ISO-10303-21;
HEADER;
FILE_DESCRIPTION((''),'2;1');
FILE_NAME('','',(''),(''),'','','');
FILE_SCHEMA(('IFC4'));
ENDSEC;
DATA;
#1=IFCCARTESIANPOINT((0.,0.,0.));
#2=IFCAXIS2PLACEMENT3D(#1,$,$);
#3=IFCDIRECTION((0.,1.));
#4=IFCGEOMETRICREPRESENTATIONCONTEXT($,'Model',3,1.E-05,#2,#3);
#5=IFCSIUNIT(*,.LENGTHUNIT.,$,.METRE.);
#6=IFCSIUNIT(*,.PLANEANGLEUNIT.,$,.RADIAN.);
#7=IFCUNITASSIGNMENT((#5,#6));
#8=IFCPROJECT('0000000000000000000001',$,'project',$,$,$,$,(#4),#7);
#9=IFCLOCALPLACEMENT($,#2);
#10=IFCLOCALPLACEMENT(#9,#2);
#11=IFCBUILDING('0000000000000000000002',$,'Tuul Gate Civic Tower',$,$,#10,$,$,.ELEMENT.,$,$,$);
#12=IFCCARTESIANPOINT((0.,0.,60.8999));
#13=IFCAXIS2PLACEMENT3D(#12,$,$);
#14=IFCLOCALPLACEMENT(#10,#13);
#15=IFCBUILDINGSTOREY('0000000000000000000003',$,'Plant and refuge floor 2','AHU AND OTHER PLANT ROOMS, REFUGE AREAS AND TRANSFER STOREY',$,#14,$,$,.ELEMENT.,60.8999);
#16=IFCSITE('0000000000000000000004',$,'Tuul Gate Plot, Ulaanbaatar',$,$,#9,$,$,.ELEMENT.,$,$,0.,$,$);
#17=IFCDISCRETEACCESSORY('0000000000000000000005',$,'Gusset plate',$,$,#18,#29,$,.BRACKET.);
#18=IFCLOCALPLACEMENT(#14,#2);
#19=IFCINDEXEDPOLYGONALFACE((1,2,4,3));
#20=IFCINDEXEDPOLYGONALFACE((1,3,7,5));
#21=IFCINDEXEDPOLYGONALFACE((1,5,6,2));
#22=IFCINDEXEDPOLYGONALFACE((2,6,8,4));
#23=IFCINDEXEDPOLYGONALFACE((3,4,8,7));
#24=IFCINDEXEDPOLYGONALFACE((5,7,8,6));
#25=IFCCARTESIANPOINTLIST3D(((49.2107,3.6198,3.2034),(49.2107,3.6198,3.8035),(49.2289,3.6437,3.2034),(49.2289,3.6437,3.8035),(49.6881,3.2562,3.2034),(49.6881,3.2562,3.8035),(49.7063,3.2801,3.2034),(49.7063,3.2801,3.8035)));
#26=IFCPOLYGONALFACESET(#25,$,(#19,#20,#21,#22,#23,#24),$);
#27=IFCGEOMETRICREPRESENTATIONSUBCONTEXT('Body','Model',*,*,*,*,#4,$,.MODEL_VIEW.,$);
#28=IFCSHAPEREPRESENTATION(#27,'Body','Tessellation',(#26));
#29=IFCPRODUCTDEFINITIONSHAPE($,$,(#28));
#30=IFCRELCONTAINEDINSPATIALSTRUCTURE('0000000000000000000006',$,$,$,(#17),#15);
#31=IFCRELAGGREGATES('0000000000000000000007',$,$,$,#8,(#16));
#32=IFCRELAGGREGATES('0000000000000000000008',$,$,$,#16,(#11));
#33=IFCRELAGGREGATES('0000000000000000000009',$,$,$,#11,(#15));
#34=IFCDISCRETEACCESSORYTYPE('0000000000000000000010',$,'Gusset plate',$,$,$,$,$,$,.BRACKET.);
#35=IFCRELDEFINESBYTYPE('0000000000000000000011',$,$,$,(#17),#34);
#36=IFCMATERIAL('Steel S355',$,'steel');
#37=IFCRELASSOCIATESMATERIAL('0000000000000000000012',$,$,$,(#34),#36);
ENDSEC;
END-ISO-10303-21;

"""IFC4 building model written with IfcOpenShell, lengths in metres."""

from ifc_helpers import new_model, si_unit, direction, frame, origin, origin_2d, place, context, subcontext, project, spatial, rectangle, extrude, material, type_object, element, save


model = new_model("IFC4")

# Units and contexts
model_context = context("Model", 3, precision=1e-05, world=origin(), true_north=direction((0.0, 1.0)))
body_context = subcontext(model_context, "Body", "Model", "MODEL_VIEW")
ifc_project = project(units=[si_unit("LENGTHUNIT", "METRE"), si_unit("PLANEANGLEUNIT", "RADIAN")], contexts=[model_context])

# Site, building, storey
site_placement = place(None, origin())
site = spatial("IfcSite", under=ifc_project, at=site_placement, Name="Tuul Gate Plot, Ulaanbaatar", CompositionType="ELEMENT", RefElevation=0.0)
building_placement = place(site_placement, origin())
building = spatial("IfcBuilding", under=site, at=building_placement, Name="Tuul Gate Civic Tower", CompositionType="ELEMENT")
storey_placement = place(building_placement, frame((0.0, 0.0, 60.8999)))
storey = spatial("IfcBuildingStorey", under=building, at=storey_placement, Name="Plant and refuge floor 2", Description="AHU AND OTHER PLANT ROOMS, REFUGE AREAS AND TRANSFER STOREY", CompositionType="ELEMENT", Elevation=60.8999)

# Discrete accessory
ifc_material_1 = material(Name="Steel S355", Category="steel")
discrete_accessory_type = type_object("IfcDiscreteAccessoryType", Name="Gusset plate", PredefinedType="BRACKET", material=ifc_material_1)
for number, where, z_axis, x_axis, name in (
    (1, (49.4585, 3.45, 3.2034), (0.0, 0.0, 1.0), (0.795629, -0.605784, 0.0), "Gusset plate"),
):
    element("IfcDiscreteAccessory", number, at=place(storey_placement, frame(where, z_axis=z_axis, x_axis=x_axis)), inside=storey, type_object=discrete_accessory_type, Name=name, PredefinedType="BRACKET", context=body_context, shape_type="SweptSolid", body=[
        extrude(rectangle(XDim=0.6001, YDim=0.03, at=origin_2d()), origin(), (0.0, 0.0, 1.0), 0.6001),
    ])

save(model, "model.ifc")
